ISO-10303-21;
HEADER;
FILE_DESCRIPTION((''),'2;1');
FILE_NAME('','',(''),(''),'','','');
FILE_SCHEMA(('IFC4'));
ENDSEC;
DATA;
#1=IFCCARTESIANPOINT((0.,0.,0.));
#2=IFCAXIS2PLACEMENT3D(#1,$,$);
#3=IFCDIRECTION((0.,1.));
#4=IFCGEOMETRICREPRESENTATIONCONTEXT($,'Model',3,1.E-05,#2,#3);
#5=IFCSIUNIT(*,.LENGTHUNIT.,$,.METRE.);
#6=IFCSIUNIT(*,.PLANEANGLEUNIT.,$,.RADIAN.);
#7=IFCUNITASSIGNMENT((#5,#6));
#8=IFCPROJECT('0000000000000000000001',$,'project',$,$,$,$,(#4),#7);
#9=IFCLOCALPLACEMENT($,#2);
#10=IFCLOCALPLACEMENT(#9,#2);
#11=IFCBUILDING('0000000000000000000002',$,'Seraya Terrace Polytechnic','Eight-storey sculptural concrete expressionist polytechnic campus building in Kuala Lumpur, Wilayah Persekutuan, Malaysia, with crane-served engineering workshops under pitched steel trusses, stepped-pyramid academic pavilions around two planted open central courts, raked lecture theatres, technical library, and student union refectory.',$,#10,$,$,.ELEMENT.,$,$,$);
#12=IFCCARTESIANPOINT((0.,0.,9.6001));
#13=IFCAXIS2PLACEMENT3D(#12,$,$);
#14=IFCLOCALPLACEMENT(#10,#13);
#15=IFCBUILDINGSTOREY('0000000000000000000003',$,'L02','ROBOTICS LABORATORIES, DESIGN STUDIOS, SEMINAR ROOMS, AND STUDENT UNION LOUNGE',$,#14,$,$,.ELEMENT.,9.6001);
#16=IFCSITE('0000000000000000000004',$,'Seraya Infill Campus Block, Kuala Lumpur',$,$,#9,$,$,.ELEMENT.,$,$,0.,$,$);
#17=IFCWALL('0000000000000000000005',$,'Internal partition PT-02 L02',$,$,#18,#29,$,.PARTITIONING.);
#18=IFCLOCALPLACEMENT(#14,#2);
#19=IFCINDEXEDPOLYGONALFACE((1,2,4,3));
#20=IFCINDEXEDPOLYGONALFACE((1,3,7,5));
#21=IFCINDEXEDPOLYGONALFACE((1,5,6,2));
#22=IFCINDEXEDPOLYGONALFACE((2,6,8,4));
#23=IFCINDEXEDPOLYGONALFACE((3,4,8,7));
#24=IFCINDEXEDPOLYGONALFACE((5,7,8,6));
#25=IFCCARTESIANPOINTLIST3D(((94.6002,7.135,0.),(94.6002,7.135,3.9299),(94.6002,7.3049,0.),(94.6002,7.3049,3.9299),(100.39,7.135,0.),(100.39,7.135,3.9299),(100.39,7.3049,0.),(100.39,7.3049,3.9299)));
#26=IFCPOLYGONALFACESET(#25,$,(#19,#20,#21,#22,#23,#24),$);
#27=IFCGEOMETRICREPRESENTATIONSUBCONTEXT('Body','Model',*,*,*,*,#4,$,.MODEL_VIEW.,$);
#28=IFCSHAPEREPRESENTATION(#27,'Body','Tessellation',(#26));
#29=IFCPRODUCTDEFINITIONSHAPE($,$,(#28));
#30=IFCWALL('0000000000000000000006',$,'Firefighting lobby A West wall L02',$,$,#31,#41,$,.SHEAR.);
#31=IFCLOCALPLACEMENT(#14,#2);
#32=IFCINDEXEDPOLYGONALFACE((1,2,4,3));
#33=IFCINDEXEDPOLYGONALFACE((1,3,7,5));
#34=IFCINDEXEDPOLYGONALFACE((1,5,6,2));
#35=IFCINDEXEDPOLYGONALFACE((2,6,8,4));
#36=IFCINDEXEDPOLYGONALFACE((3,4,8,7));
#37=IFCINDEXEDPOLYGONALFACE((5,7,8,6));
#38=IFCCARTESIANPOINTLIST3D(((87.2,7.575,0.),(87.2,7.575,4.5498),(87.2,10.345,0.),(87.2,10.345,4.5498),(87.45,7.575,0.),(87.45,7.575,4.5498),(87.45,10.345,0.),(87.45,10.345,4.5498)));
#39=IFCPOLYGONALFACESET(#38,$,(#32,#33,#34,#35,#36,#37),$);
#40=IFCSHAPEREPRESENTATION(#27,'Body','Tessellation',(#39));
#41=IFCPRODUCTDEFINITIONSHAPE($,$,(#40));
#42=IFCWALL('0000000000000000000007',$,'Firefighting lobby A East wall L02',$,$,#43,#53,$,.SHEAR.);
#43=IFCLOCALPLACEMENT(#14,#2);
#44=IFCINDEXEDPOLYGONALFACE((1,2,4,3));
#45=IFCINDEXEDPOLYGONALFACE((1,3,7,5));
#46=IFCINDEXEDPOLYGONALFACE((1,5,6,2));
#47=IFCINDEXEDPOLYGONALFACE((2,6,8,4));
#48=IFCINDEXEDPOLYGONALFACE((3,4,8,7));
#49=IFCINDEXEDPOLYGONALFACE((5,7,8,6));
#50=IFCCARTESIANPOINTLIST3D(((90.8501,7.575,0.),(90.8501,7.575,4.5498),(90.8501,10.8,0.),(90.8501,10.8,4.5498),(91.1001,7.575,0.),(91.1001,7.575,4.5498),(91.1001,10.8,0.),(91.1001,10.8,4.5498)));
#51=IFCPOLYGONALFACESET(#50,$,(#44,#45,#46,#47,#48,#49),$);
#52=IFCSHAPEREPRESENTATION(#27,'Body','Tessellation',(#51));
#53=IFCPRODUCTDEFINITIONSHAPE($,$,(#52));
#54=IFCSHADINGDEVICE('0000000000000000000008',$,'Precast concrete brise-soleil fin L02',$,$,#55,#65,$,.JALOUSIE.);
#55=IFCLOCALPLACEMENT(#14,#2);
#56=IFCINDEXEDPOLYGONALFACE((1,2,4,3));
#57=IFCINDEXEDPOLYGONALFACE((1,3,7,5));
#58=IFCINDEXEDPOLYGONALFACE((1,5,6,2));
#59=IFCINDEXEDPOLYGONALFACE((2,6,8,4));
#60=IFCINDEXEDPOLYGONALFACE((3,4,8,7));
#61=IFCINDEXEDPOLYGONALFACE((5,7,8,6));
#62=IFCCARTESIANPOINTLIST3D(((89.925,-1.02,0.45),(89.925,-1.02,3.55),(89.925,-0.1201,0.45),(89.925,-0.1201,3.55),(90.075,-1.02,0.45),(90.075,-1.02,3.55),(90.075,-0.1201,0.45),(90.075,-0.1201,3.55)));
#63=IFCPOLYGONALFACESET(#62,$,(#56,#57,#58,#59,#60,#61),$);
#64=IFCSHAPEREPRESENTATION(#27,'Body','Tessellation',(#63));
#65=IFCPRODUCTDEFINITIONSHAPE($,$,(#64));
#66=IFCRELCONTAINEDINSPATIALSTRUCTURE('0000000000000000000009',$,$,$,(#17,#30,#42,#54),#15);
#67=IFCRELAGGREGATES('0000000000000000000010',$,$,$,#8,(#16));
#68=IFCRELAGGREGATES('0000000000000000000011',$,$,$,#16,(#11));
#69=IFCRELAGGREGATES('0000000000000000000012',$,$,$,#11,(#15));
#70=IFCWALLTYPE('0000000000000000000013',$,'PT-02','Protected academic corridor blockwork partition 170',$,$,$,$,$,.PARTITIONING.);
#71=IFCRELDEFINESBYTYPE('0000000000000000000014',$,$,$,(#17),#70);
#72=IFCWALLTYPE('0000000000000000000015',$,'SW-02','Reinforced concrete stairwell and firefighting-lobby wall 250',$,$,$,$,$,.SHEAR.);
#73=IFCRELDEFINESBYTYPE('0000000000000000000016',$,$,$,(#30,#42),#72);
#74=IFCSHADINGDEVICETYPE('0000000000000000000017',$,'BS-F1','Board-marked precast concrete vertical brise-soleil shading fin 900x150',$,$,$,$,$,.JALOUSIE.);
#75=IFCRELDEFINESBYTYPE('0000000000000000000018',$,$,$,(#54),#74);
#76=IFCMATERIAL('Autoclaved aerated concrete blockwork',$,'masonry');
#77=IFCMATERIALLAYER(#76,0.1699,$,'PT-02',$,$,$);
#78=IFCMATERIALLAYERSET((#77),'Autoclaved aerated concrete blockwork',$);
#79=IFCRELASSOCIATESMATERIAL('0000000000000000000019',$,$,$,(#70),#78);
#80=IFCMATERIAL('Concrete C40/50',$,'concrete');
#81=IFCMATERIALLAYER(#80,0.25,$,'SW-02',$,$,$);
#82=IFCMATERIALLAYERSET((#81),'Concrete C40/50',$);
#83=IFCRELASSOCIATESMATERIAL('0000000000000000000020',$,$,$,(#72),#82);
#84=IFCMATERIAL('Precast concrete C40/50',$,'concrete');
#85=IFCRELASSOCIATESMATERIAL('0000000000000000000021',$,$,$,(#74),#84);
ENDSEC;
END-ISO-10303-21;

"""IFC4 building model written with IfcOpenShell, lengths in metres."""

from ifc_helpers import new_model, si_unit, direction, frame, frame_2d, origin, origin_2d, place, context, subcontext, project, spatial, rectangle, extrude, material, layer, layer_set, type_object, element, save


model = new_model("IFC4")

# Units and contexts
model_context = context("Model", 3, precision=1e-05, world=origin(), true_north=direction((0.0, 1.0)))
body_context = subcontext(model_context, "Body", "Model", "MODEL_VIEW")
ifc_project = project(units=[si_unit("LENGTHUNIT", "METRE"), si_unit("PLANEANGLEUNIT", "RADIAN")], contexts=[model_context])

# Site, building, storey
site_placement = place(None, origin())
site = spatial("IfcSite", under=ifc_project, at=site_placement, Name="Seraya Infill Campus Block, Kuala Lumpur", CompositionType="ELEMENT", RefElevation=0.0)
building_placement = place(site_placement, origin())
building = spatial("IfcBuilding", under=site, at=building_placement, Name="Seraya Terrace Polytechnic", Description="Eight-storey sculptural concrete expressionist polytechnic campus building in Kuala Lumpur, Wilayah Persekutuan, Malaysia, with crane-served engineering workshops under pitched steel trusses, stepped-pyramid academic pavilions around two planted open central courts, raked lecture theatres, technical library, and student union refectory.", CompositionType="ELEMENT")
storey_placement = place(building_placement, frame((0.0, 0.0, 9.6001)))
storey = spatial("IfcBuildingStorey", under=building, at=storey_placement, Name="L02", Description="ROBOTICS LABORATORIES, DESIGN STUDIOS, SEMINAR ROOMS, AND STUDENT UNION LOUNGE", CompositionType="ELEMENT", Elevation=9.6001)

# Shared definitions
ifc_material_1 = material(Name="Concrete C40/50", Category="concrete")

# Shared definitions
ifc_material_2 = material(Name="Precast concrete C40/50", Category="concrete")

# Wall
ifc_material_3 = material(Name="Autoclaved aerated concrete blockwork", Category="masonry")
ifc_layer_1 = layer(ifc_material_3, 0.1699, Name="PT-02")
ifc_layer_set_1 = layer_set([ifc_layer_1], Name="Autoclaved aerated concrete blockwork")
wall_type_1 = type_object("IfcWallType", Name="PT-02", Description="Protected academic corridor blockwork partition 170", PredefinedType="PARTITIONING", material=ifc_layer_set_1)
wall_1_placement = place(storey_placement, frame((94.6001, 7.22, 0.0), z_axis=(0.0, 0.0, 1.0), x_axis=(1.0, 0.0, 0.0)))
element("IfcWall", 1, at=wall_1_placement, inside=storey, type_object=wall_type_1, Name="Internal partition PT-02 L02", PredefinedType="PARTITIONING", context=body_context, shape_type="SweptSolid", body=[
    extrude(rectangle(XDim=5.7898, YDim=0.1699, at=frame_2d((2.895, 0.0))), origin(), (0.0, 0.0, 1.0), 3.9299),
])

# Shared definitions
ifc_layer_2 = layer(ifc_material_1, 0.25, Name="SW-02")
ifc_layer_set_2 = layer_set([ifc_layer_2], Name="Concrete C40/50")
wall_type_2 = type_object("IfcWallType", Name="SW-02", Description="Reinforced concrete stairwell and firefighting-lobby wall 250", PredefinedType="SHEAR", material=ifc_layer_set_2)

# Walls
wall_2_placement = place(storey_placement, frame((87.325, 7.575, 0.0), z_axis=(0.0, 0.0, 1.0), x_axis=(0.0, 1.0, 0.0)))
element("IfcWall", 2, at=wall_2_placement, inside=storey, type_object=wall_type_2, Name="Firefighting lobby A West wall L02", PredefinedType="SHEAR", context=body_context, shape_type="SweptSolid", body=[
    extrude(rectangle(XDim=2.77, YDim=0.25, at=frame_2d((1.385, 0.0))), origin(), (0.0, 0.0, 1.0), 4.5498),
])
wall_3_placement = place(storey_placement, frame((90.9751, 7.575, 0.0), z_axis=(0.0, 0.0, 1.0), x_axis=(0.0, 1.0, 0.0)))
element("IfcWall", 3, at=wall_3_placement, inside=storey, type_object=wall_type_2, Name="Firefighting lobby A East wall L02", PredefinedType="SHEAR", context=body_context, shape_type="SweptSolid", body=[
    extrude(rectangle(XDim=3.2251, YDim=0.25, at=frame_2d((1.6125, 0.0))), origin(), (0.0, 0.0, 1.0), 4.5498),
])

# Shading device
shading_device_type = type_object("IfcShadingDeviceType", Name="BS-F1", Description="Board-marked precast concrete vertical brise-soleil shading fin 900x150", PredefinedType="JALOUSIE", material=ifc_material_2)
shading_device_placement = place(storey_placement, frame((90.0, -0.5701, 0.45), z_axis=(0.0, 0.0, 1.0), x_axis=(0.0, -1.0, 0.0)))
element("IfcShadingDevice", 4, at=shading_device_placement, inside=storey, type_object=shading_device_type, Name="Precast concrete brise-soleil fin L02", PredefinedType="JALOUSIE", context=body_context, shape_type="SweptSolid", body=[
    extrude(rectangle(XDim=0.8999, YDim=0.1499, at=origin_2d()), origin(), (0.0, 0.0, 1.0), 3.1001),
])

save(model, "model.ifc")
